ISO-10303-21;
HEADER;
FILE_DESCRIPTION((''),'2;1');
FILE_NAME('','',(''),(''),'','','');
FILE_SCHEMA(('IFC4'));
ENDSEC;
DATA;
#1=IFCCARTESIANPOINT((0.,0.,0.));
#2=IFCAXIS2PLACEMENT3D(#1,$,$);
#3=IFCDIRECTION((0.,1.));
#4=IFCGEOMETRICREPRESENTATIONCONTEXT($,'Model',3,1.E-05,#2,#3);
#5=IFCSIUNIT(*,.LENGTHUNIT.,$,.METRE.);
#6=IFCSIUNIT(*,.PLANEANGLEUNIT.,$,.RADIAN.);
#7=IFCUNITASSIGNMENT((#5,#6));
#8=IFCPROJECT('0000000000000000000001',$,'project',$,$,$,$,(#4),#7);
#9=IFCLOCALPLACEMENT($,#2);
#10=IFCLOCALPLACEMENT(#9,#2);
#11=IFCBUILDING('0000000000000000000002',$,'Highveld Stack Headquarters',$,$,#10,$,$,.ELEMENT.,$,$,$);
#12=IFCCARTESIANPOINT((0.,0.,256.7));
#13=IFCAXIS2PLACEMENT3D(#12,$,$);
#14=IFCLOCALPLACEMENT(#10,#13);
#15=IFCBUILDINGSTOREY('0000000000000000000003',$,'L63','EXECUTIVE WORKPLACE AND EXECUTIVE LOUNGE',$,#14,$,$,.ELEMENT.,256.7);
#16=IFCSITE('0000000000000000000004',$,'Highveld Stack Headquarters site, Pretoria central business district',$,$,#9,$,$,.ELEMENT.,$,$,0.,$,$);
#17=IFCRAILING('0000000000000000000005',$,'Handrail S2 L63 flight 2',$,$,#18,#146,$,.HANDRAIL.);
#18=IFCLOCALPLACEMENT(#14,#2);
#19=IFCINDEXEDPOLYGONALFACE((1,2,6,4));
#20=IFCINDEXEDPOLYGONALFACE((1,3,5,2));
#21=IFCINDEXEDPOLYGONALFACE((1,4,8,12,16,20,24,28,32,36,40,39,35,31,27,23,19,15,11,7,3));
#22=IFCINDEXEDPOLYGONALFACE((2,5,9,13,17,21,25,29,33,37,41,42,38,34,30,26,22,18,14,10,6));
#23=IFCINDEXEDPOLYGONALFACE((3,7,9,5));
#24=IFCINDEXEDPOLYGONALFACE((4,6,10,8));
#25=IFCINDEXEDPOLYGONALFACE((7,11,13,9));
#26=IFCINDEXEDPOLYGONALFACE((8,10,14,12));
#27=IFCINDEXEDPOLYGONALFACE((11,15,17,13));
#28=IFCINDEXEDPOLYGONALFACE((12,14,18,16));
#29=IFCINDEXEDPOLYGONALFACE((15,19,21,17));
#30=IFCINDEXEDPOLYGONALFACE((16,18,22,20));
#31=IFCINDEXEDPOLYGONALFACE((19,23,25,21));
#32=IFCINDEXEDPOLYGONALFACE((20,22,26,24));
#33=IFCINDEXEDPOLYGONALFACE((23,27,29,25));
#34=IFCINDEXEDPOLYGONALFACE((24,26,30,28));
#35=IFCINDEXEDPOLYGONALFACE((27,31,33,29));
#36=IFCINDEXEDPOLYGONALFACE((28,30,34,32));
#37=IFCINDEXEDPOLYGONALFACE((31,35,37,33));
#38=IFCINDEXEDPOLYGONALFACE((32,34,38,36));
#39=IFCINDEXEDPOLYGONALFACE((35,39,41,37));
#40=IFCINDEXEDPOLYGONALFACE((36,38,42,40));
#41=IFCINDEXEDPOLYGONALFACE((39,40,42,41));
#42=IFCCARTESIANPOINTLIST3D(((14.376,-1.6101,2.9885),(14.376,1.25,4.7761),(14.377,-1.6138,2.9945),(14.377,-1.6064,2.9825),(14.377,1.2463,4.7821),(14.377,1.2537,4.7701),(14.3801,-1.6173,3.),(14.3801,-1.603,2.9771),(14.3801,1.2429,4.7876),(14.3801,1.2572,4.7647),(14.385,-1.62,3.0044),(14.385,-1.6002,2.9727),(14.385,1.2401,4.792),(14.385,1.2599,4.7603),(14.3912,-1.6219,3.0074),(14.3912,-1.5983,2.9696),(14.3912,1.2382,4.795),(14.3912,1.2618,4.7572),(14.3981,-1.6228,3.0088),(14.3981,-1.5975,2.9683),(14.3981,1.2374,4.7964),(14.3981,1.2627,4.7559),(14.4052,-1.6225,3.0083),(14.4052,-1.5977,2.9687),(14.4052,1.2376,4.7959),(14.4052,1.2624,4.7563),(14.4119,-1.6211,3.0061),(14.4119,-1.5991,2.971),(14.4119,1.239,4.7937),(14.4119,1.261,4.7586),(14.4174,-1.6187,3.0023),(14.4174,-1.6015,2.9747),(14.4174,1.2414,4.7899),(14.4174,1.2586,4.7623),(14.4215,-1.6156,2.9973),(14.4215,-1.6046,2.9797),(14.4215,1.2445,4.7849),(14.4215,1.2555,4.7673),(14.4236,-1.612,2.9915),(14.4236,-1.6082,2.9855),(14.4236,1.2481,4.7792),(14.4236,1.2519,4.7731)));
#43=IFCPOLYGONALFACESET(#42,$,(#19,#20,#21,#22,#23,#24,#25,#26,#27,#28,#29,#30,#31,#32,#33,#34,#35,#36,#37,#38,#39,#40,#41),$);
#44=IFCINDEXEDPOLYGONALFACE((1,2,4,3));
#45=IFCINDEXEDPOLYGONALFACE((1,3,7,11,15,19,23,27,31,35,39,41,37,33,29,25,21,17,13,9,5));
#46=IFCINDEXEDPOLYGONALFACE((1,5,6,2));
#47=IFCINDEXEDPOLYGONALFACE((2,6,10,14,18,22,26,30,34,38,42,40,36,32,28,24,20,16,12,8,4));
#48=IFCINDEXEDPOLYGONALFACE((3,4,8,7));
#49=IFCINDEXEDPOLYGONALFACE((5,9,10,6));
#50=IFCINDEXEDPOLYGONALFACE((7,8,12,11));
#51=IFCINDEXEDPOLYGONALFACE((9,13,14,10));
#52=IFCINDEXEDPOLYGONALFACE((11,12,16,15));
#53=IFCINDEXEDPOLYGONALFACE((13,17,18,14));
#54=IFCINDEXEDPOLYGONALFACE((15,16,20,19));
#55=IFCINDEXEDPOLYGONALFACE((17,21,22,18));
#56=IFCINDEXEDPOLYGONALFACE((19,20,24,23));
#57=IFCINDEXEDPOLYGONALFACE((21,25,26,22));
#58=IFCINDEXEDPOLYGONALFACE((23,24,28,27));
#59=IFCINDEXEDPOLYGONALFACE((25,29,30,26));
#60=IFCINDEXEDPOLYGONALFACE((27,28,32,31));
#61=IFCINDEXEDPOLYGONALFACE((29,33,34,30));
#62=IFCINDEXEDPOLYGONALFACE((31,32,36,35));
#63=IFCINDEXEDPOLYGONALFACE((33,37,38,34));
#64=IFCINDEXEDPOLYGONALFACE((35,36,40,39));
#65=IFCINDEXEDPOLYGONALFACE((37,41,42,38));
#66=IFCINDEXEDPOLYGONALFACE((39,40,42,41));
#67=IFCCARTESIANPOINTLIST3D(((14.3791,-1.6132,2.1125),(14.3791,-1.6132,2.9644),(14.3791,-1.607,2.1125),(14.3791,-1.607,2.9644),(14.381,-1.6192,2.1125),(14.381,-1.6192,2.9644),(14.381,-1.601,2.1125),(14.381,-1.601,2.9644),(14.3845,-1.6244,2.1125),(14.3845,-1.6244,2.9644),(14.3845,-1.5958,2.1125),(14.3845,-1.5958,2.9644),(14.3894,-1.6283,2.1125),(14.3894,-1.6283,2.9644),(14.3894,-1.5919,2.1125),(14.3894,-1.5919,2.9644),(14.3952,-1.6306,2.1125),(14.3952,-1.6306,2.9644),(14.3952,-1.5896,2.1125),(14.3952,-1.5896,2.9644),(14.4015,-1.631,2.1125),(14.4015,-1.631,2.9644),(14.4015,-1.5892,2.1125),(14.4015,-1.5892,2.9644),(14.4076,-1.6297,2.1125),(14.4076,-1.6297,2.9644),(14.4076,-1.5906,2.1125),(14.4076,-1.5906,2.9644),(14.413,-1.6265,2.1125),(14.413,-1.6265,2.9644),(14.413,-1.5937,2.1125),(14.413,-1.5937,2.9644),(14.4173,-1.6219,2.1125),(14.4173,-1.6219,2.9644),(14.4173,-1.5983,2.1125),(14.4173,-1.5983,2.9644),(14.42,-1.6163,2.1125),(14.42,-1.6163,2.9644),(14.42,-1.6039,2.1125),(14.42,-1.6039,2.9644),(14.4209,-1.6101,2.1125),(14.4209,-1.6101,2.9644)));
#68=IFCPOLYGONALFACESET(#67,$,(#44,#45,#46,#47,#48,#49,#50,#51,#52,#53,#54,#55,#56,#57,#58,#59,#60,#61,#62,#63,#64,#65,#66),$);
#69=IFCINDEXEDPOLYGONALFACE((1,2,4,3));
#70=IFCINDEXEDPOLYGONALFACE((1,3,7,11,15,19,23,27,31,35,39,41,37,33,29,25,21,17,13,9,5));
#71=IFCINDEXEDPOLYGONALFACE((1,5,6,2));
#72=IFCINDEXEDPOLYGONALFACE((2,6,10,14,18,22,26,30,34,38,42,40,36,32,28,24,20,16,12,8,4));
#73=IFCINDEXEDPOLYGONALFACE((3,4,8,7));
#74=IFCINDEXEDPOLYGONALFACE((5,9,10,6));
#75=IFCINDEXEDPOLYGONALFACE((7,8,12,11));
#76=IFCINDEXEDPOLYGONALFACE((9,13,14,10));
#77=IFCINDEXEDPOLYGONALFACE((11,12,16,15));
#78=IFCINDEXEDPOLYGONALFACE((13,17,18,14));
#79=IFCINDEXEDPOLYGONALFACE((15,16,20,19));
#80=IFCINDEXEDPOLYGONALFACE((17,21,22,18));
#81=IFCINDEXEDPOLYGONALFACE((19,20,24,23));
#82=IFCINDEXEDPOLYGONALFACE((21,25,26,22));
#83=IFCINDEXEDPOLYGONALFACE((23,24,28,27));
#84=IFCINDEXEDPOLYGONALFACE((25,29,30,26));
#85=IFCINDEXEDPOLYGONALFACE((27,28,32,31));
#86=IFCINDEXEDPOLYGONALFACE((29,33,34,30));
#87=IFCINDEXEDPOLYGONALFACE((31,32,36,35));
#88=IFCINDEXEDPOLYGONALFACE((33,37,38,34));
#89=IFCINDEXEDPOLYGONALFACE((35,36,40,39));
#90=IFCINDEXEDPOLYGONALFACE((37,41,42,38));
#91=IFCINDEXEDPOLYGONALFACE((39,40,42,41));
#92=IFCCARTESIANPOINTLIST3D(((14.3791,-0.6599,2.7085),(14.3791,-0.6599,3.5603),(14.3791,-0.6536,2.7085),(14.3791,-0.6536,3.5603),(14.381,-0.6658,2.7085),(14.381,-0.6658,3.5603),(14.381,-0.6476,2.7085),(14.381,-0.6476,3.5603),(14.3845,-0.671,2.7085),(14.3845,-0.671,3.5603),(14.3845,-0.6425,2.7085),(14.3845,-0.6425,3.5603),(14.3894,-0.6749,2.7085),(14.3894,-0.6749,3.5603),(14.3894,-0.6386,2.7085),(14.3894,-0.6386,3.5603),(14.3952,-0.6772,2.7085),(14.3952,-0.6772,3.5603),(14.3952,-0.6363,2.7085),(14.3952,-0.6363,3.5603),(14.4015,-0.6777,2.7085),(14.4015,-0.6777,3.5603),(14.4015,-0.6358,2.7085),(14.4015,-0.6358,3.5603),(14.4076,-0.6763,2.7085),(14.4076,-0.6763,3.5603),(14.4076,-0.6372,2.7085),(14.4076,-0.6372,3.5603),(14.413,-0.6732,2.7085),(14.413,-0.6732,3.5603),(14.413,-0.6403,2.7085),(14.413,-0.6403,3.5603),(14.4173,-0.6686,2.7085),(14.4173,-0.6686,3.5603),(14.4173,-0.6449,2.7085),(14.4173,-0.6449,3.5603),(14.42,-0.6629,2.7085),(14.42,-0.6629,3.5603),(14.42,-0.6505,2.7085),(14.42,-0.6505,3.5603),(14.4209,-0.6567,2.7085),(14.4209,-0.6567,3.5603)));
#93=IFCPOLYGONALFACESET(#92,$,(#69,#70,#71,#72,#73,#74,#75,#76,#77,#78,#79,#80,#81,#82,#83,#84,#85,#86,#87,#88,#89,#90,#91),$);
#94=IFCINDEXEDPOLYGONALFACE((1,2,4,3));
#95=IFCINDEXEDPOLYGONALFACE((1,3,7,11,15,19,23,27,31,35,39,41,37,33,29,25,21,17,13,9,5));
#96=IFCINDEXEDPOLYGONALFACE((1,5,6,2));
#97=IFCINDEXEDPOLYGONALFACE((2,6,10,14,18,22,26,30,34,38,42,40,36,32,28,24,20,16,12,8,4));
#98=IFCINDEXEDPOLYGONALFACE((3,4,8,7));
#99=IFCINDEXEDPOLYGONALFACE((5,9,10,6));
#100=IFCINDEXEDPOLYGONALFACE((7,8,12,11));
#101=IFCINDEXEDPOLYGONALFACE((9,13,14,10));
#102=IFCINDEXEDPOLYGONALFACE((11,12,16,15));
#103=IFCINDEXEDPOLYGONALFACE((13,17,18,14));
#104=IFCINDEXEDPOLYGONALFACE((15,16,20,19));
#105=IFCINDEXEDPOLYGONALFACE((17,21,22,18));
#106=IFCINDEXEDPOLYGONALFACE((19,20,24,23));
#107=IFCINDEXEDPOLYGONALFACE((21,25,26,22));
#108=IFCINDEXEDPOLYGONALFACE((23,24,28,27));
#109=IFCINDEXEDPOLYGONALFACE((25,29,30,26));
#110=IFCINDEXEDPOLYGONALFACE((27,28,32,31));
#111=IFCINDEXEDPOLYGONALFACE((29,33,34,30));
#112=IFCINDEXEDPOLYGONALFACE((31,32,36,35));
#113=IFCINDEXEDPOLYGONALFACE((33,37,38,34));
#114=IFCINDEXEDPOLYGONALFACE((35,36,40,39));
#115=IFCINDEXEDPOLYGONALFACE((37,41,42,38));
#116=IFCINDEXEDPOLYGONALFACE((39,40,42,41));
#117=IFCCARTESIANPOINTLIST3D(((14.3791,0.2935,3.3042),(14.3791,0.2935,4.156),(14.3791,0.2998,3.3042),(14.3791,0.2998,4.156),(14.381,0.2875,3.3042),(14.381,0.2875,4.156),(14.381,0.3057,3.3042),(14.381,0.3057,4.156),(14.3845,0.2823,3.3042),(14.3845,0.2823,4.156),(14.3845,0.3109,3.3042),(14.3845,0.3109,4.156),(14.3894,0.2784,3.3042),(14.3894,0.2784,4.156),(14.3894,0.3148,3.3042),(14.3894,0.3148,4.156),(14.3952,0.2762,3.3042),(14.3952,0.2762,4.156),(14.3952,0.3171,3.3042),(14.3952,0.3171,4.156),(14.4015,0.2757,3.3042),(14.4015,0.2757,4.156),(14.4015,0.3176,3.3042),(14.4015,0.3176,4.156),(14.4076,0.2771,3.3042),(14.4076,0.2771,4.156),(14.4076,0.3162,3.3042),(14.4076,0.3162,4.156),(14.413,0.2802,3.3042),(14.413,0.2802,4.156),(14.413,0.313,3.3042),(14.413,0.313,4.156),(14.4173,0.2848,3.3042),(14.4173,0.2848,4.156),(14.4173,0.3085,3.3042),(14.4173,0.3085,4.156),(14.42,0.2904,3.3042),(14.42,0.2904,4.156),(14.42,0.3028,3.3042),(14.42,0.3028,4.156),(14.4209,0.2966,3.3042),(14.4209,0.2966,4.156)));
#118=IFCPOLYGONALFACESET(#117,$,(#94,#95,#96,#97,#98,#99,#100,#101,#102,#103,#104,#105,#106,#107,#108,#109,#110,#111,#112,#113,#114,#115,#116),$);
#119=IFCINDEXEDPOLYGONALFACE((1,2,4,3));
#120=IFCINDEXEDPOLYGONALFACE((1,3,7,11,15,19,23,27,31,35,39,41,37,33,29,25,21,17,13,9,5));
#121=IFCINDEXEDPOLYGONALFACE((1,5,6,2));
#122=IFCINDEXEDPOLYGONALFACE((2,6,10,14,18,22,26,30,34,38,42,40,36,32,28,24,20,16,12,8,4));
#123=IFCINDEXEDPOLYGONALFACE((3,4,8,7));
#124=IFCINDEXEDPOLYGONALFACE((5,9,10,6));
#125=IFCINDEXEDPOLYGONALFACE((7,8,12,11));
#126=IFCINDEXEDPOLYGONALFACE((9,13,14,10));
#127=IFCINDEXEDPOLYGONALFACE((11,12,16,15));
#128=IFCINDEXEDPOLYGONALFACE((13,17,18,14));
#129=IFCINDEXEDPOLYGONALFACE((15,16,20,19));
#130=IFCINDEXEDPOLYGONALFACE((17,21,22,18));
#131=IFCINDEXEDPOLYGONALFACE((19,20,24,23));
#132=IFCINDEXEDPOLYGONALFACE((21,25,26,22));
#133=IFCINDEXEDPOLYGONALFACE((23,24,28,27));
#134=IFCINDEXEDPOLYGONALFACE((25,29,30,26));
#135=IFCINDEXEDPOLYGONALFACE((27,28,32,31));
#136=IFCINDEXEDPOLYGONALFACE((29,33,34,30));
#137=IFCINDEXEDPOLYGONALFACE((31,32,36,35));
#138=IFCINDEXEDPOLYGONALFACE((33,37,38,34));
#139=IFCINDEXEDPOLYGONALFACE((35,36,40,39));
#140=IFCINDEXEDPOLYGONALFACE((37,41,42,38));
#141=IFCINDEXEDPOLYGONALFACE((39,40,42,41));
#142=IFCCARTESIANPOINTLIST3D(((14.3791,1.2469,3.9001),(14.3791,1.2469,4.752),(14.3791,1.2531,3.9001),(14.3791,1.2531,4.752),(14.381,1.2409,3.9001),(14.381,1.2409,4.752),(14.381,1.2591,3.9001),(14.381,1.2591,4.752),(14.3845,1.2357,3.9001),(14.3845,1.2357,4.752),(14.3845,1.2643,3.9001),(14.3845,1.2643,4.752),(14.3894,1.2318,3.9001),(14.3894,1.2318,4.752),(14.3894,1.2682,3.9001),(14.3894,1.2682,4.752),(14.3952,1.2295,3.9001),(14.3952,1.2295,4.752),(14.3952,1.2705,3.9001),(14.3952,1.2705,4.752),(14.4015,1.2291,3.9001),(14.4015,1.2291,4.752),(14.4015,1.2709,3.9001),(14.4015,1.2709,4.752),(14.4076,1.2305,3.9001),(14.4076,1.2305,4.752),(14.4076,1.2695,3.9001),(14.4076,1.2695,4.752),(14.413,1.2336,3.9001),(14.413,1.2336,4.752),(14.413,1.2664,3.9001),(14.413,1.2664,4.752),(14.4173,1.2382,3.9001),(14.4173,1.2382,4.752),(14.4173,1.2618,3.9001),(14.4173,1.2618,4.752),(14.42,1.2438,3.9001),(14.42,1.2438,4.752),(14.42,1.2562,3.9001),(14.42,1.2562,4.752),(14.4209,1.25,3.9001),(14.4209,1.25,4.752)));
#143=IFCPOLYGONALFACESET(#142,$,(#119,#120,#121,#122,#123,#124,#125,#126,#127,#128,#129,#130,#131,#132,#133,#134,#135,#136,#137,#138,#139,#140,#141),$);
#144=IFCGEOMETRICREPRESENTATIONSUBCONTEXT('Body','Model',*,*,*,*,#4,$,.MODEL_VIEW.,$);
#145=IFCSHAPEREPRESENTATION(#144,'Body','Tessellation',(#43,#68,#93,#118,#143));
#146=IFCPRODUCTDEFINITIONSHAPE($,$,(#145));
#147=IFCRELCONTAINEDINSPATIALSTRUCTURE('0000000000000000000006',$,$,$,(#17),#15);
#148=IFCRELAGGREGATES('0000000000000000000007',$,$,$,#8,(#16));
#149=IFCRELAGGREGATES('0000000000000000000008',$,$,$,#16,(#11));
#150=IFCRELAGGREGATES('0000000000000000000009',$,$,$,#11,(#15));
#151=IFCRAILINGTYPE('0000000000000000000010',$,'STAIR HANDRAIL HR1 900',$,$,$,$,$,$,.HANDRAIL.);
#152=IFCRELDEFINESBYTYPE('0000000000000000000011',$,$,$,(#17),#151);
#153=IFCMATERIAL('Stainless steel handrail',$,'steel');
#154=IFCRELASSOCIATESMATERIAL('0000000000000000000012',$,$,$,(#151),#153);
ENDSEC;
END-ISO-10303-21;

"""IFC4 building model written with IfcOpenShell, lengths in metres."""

from ifc_helpers import new_model, si_unit, direction, frame, origin, origin_2d, place, context, subcontext, project, spatial, circle, extrude, material, type_object, element, save


model = new_model("IFC4")

# Units and contexts
model_context = context("Model", 3, precision=1e-05, world=origin(), true_north=direction((0.0, 1.0)))
body_context = subcontext(model_context, "Body", "Model", "MODEL_VIEW")
ifc_project = project(units=[si_unit("LENGTHUNIT", "METRE"), si_unit("PLANEANGLEUNIT", "RADIAN")], contexts=[model_context])

# Site, building, storey
site_placement = place(None, origin())
site = spatial("IfcSite", under=ifc_project, at=site_placement, Name="Highveld Stack Headquarters site, Pretoria central business district", CompositionType="ELEMENT", RefElevation=0.0)
building_placement = place(site_placement, origin())
building = spatial("IfcBuilding", under=site, at=building_placement, Name="Highveld Stack Headquarters", CompositionType="ELEMENT")
storey_placement = place(building_placement, frame((0.0, 0.0, 256.7)))
storey = spatial("IfcBuildingStorey", under=building, at=storey_placement, Name="L63", Description="EXECUTIVE WORKPLACE AND EXECUTIVE LOUNGE", CompositionType="ELEMENT", Elevation=256.7)

# Railing
ifc_material_1 = material(Name="Stainless steel handrail", Category="steel")
railing_type = type_object("IfcRailingType", Name="STAIR HANDRAIL HR1 900", PredefinedType="HANDRAIL", material=ifc_material_1)
for number, where, name in (
    (1, (14.3999, -1.6101, 2.1125), "Handrail S2 L63 flight 2"),
):
    element("IfcRailing", number, at=place(storey_placement, frame(where)), inside=storey, type_object=railing_type, Name=name, PredefinedType="HANDRAIL", context=body_context, shape_type="SweptSolid", body=[
        extrude(circle(Radius=0.0239, at=origin_2d()), frame((0.0, 0.0, 0.876), z_axis=(0.0, 0.847994, 0.530005), x_axis=(-1.0, 0.0, 0.0)), (0.0, 0.0, 1.0), 3.3728),
        extrude(circle(Radius=0.021, at=origin_2d()), origin(), (0.0, 0.0, 1.0), 0.8518),
        extrude(circle(Radius=0.021, at=origin_2d()), frame((0.0, 0.9534, 0.5959)), (0.0, 0.0, 1.0), 0.8518),
        extrude(circle(Radius=0.021, at=origin_2d()), frame((0.0, 1.9067, 1.1917)), (0.0, 0.0, 1.0), 0.8518),
        extrude(circle(Radius=0.021, at=origin_2d()), frame((0.0, 2.8601, 1.7876)), (0.0, 0.0, 1.0), 0.8518),
    ])

save(model, "model.ifc")
